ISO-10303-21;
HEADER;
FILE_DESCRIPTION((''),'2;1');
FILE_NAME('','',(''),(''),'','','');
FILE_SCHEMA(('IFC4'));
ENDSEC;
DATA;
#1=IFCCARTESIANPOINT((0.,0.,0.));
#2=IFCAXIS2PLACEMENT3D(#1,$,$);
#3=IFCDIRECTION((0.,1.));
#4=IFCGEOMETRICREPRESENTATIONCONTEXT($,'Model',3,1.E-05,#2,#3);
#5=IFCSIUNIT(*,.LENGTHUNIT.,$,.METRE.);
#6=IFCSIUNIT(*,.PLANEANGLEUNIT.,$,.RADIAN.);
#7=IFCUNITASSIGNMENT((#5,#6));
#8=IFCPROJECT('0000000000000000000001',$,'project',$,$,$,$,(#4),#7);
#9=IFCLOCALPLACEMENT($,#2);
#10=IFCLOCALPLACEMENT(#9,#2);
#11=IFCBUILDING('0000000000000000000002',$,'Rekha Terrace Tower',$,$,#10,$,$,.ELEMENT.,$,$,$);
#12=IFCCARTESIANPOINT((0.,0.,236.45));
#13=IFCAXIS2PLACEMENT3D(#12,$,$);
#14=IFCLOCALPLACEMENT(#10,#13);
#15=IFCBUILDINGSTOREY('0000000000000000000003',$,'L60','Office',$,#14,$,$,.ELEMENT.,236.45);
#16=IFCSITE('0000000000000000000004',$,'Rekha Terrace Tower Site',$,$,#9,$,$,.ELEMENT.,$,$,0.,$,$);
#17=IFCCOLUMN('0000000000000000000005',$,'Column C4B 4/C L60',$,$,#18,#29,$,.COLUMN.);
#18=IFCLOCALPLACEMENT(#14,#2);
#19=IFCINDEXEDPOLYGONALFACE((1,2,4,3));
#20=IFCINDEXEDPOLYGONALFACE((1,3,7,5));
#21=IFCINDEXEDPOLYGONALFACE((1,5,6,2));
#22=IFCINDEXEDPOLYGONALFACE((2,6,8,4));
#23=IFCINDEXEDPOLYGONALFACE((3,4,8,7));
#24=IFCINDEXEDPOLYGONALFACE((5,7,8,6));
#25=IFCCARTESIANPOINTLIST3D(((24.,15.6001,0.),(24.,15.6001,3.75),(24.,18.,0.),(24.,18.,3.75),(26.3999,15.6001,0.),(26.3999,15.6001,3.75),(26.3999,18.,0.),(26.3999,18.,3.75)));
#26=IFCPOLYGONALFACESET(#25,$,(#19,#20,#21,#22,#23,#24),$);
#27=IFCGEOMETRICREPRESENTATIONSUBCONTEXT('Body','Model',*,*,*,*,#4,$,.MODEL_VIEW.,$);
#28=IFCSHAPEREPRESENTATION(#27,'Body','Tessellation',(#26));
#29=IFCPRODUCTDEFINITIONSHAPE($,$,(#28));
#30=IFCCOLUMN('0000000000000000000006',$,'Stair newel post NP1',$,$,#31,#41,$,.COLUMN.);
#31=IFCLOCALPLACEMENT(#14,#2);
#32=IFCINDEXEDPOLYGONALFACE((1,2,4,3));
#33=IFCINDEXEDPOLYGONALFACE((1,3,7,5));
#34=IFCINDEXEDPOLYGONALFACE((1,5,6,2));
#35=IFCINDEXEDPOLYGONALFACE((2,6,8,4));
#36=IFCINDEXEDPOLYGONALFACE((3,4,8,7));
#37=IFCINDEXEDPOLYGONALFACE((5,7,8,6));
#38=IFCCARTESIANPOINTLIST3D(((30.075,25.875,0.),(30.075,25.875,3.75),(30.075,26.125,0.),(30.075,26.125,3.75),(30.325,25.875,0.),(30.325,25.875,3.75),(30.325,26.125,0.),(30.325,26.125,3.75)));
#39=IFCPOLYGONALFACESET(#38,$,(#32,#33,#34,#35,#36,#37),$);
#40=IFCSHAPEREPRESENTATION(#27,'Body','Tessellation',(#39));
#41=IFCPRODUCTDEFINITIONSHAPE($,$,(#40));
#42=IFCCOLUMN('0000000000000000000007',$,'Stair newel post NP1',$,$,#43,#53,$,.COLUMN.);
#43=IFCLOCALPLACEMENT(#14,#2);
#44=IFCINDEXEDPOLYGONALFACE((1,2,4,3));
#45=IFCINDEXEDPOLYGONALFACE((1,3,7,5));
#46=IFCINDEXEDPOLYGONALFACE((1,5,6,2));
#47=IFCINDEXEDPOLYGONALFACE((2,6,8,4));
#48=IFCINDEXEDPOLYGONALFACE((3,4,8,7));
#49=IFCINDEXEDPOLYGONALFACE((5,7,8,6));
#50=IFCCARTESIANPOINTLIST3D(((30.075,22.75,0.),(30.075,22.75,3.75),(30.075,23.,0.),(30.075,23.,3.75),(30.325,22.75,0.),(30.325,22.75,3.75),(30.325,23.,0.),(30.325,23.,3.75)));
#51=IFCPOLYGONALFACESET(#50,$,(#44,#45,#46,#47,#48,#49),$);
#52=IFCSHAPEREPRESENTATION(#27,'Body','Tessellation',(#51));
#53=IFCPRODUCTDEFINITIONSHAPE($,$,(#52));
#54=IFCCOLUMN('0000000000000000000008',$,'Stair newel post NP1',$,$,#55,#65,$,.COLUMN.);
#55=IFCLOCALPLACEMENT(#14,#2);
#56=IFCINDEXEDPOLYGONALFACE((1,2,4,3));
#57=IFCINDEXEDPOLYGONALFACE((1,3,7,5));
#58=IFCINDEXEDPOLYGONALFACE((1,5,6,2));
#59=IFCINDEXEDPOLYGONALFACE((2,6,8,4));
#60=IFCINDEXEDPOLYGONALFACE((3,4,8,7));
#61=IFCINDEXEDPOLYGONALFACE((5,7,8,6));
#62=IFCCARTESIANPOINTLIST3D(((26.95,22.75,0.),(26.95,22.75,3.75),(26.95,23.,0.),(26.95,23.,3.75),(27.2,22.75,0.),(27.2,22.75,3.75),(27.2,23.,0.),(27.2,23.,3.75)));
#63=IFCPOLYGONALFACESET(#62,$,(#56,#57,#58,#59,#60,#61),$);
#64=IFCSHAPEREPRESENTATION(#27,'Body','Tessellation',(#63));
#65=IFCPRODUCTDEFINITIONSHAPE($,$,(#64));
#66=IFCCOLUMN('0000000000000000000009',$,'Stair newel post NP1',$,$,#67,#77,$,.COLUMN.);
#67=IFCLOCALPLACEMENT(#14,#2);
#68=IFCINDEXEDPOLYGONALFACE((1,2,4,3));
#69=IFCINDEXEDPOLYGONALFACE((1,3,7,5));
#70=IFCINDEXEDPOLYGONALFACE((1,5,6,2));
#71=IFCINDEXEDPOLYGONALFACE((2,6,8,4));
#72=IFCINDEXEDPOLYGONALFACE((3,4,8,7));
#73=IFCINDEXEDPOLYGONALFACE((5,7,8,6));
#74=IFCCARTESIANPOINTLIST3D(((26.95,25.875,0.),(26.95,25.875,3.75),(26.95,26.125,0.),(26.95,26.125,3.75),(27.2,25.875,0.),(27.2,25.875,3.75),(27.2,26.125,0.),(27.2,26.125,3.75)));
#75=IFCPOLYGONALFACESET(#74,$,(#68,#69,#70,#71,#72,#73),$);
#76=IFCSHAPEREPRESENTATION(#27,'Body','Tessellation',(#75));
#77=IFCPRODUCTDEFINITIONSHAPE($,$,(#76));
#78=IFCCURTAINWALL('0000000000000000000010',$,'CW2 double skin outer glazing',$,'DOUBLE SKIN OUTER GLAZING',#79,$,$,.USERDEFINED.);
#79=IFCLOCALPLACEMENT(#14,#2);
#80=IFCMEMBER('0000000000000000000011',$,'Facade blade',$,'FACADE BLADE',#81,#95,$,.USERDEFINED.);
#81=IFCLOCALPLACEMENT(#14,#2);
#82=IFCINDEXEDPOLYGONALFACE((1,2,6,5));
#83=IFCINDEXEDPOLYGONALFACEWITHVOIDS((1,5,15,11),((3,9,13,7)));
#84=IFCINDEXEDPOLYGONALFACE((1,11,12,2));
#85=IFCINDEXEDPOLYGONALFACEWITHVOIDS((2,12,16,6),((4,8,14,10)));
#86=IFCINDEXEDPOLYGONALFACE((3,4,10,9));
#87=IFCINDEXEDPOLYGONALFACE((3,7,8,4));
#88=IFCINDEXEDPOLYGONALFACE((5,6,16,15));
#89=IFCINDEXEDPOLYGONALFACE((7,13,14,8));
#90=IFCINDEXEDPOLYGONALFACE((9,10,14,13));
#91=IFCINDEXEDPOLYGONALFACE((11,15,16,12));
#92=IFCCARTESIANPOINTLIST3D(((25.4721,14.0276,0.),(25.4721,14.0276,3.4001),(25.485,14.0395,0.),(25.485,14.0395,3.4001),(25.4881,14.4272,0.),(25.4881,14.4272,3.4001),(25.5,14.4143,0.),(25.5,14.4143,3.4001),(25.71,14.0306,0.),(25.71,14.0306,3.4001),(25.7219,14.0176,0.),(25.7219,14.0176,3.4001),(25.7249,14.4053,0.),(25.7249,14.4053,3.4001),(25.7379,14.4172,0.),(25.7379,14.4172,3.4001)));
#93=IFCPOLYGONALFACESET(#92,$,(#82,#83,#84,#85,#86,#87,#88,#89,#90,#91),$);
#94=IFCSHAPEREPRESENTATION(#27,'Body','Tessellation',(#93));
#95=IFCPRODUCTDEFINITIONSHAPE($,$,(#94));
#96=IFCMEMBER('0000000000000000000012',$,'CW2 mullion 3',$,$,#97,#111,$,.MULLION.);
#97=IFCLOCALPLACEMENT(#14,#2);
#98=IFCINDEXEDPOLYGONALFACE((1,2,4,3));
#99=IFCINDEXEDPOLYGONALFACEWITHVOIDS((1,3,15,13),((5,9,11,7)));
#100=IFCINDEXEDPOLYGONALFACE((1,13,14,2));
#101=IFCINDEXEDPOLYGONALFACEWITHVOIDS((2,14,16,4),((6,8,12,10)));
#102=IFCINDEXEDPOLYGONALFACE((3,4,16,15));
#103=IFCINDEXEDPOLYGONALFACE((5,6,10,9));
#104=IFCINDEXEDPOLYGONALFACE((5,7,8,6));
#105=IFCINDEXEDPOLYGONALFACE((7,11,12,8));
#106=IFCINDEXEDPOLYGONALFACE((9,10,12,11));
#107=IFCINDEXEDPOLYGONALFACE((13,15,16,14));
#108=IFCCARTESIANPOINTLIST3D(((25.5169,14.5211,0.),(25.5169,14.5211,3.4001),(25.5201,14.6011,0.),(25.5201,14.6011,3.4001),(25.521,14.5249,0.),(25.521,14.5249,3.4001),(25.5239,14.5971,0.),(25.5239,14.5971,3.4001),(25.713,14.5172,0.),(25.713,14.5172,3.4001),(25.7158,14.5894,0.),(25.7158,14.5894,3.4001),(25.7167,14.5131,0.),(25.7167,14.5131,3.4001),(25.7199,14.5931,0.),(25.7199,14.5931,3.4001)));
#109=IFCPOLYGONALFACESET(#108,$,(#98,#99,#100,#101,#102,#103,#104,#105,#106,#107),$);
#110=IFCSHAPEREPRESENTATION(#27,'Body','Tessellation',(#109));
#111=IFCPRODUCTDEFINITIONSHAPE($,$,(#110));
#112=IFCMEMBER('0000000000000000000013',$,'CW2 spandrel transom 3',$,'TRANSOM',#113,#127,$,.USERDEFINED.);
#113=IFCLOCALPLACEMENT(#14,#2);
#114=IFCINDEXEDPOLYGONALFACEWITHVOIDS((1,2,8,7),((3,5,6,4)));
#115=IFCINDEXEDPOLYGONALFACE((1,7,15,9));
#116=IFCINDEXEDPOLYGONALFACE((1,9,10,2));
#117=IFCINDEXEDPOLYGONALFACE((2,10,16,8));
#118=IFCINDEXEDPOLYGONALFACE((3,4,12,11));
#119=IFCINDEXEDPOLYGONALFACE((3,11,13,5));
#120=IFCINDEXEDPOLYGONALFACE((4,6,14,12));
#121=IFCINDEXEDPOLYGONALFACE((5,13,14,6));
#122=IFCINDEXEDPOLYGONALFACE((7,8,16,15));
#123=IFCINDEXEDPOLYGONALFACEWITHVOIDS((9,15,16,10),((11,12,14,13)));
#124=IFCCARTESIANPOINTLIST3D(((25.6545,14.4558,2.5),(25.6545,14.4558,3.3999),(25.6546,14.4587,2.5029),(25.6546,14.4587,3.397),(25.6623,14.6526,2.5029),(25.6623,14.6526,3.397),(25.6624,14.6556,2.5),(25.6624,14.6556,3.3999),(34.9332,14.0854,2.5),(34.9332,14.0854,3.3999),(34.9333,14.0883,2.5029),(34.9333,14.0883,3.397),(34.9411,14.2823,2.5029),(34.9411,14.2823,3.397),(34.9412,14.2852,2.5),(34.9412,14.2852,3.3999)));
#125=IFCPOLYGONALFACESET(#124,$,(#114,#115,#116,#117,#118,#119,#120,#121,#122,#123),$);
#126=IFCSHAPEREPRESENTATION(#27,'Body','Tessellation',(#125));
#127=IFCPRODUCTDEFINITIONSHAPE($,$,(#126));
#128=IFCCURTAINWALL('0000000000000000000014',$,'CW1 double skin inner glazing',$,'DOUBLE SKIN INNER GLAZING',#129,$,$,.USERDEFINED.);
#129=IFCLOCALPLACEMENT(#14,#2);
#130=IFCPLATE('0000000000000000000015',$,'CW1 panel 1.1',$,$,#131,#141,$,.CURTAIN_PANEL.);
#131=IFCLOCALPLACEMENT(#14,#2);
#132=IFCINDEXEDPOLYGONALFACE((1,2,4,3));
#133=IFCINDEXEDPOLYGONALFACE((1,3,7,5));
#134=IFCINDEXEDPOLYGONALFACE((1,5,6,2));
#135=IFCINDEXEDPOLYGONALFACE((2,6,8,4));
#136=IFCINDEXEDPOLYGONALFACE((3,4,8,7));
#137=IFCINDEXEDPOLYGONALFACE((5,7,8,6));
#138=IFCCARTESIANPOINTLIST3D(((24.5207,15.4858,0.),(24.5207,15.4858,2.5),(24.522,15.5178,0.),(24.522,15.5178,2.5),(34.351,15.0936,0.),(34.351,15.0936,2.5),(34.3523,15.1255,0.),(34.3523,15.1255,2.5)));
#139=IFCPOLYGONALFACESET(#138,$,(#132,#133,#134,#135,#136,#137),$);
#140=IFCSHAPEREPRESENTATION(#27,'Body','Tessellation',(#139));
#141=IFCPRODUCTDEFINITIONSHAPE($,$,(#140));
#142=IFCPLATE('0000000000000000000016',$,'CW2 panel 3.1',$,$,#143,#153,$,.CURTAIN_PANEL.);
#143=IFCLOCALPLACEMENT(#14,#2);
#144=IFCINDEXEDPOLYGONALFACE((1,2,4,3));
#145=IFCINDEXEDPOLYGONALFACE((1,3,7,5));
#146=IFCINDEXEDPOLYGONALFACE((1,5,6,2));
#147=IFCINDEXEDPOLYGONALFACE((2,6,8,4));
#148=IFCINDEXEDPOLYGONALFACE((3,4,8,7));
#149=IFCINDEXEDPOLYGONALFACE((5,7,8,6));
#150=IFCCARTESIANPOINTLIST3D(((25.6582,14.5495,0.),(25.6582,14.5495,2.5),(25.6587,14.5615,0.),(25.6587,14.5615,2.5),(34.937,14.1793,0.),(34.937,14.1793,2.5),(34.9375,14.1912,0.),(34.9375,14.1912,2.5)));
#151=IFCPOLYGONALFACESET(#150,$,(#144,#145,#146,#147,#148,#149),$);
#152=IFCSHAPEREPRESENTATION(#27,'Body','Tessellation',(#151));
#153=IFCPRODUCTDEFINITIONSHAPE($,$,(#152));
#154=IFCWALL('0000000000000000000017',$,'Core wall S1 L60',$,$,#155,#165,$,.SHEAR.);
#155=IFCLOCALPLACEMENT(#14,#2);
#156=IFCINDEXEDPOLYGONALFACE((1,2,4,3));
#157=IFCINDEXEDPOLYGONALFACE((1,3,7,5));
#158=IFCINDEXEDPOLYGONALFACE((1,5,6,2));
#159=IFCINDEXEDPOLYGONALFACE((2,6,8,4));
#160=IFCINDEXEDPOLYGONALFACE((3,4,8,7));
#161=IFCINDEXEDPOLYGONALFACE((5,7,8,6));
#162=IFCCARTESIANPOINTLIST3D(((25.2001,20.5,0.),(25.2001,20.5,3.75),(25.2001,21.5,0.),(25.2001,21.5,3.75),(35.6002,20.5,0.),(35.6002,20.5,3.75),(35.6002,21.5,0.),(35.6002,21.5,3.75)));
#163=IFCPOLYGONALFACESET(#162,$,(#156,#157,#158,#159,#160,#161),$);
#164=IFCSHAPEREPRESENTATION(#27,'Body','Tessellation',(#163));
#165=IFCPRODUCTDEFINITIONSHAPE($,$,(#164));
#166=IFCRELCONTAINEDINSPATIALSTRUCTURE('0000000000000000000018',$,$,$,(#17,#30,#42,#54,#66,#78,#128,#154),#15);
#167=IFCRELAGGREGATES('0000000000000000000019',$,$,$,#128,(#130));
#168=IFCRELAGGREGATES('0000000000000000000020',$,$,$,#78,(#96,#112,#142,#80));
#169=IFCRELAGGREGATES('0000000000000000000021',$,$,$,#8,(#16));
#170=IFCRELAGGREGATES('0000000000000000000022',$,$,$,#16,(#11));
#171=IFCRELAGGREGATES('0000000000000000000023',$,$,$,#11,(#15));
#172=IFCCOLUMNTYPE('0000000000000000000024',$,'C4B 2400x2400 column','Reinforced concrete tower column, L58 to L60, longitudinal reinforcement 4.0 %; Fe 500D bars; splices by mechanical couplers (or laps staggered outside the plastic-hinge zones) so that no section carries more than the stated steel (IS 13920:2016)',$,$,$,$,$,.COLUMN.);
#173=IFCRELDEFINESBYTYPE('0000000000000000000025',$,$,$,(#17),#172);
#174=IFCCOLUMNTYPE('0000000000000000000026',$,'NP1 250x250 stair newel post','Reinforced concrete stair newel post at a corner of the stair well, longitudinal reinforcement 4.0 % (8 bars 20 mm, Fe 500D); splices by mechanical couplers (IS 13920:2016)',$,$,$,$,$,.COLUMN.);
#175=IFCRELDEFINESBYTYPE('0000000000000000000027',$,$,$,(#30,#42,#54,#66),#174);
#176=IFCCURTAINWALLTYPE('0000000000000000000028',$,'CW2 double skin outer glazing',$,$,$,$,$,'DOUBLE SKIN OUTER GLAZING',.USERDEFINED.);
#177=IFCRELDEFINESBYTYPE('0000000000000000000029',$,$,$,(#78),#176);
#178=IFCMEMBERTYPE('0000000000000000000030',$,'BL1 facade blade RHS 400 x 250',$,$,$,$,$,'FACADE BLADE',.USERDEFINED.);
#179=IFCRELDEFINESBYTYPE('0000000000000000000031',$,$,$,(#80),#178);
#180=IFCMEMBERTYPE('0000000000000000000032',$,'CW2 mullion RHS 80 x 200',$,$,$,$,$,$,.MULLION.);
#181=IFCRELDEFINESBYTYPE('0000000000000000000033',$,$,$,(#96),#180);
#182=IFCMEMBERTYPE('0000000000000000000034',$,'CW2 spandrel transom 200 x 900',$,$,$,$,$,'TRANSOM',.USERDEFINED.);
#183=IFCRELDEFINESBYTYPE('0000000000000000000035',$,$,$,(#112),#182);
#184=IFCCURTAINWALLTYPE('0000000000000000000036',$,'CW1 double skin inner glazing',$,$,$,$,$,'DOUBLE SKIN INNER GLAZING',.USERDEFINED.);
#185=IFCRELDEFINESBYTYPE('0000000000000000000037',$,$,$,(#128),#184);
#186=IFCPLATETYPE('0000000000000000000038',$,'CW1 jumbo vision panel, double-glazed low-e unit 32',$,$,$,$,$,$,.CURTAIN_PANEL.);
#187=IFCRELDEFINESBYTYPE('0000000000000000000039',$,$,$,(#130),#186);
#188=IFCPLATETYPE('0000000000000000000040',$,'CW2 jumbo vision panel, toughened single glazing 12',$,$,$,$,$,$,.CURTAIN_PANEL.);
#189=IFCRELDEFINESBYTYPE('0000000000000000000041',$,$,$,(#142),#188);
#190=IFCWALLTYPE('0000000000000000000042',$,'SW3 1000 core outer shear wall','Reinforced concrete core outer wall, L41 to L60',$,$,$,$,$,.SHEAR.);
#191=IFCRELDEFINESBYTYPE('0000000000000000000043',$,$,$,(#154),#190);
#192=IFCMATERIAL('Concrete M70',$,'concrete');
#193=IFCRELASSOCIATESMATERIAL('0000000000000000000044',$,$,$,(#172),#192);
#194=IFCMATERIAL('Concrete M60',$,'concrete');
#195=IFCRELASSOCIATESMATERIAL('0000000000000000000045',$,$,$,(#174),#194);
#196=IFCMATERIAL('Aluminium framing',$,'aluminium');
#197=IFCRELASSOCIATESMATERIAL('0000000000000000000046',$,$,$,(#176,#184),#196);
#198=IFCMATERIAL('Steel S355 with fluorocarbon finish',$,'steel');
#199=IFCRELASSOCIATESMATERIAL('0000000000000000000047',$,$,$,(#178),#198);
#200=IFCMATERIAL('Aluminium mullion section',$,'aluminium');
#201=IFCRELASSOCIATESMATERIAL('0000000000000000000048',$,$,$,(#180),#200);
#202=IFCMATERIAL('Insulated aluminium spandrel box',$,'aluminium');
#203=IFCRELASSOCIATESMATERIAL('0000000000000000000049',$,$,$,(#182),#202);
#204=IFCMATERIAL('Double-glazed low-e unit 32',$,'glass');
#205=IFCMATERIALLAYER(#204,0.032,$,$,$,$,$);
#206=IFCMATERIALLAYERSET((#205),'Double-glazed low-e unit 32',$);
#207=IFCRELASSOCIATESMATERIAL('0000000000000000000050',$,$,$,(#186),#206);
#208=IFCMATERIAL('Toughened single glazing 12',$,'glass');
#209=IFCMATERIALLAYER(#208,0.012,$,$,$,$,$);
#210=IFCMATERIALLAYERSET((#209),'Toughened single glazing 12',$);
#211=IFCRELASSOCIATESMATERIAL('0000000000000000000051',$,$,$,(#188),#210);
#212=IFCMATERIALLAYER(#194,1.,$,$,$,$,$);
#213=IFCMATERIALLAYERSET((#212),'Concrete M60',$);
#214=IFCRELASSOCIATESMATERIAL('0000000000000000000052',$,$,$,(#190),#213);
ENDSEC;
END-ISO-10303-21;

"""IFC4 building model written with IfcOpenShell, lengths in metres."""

from ifc_helpers import new_model, si_unit, direction, frame, frame_2d, origin, origin_2d, place, context, subcontext, project, spatial, rectangle, hollow_rectangle, extrude, material, layer, layer_set, material_profile, profile_set, type_object, element, aggregate, save


model = new_model("IFC4")

# Units and contexts
model_context = context("Model", 3, precision=1e-05, world=origin(), true_north=direction((0.0, 1.0)))
body_context = subcontext(model_context, "Body", "Model", "MODEL_VIEW")
ifc_project = project(units=[si_unit("LENGTHUNIT", "METRE"), si_unit("PLANEANGLEUNIT", "RADIAN")], contexts=[model_context])

# Site, building, storey
site_placement = place(None, origin())
site = spatial("IfcSite", under=ifc_project, at=site_placement, Name="Rekha Terrace Tower Site", CompositionType="ELEMENT", RefElevation=0.0)
building_placement = place(site_placement, origin())
building = spatial("IfcBuilding", under=site, at=building_placement, Name="Rekha Terrace Tower", CompositionType="ELEMENT")
storey_placement = place(building_placement, frame((0.0, 0.0, 236.45)))
storey = spatial("IfcBuildingStorey", under=building, at=storey_placement, Name="L60", Description="Office", CompositionType="ELEMENT", Elevation=236.45)

# Columns
ifc_material_1 = material(Name="Concrete M70", Category="concrete")
ifc_material_profile_1 = material_profile(ifc_material_1, rectangle(XDim=2.3999, YDim=2.3999, at=origin_2d()), Name="RC 2400x2400")
ifc_profile_set_1 = profile_set([ifc_material_profile_1], Name="Concrete M70")
column_type_1 = type_object("IfcColumnType", Name="C4B 2400x2400 column", Description="Reinforced concrete tower column, L58 to L60, longitudinal reinforcement 4.0 %; Fe 500D bars; splices by mechanical couplers (or laps staggered outside the plastic-hinge zones) so that no section carries more than the stated steel (IS 13920:2016)", PredefinedType="COLUMN", material=ifc_profile_set_1)
column_placement = place(storey_placement, frame((25.2, 16.8, 0.0), z_axis=(0.0, 0.0, 1.0), x_axis=(1.0, 0.0, 0.0)))
element("IfcColumn", 1, at=column_placement, inside=storey, type_object=column_type_1, Name="Column C4B 4/C L60", PredefinedType="COLUMN", context=body_context, shape_type="SweptSolid", body=[
    extrude(rectangle(XDim=2.3999, YDim=2.3999, at=origin_2d()), origin(), (0.0, 0.0, 1.0), 3.75),
])
ifc_material_2 = material(Name="Concrete M60", Category="concrete")
ifc_material_profile_2 = material_profile(ifc_material_2, rectangle(XDim=0.25, YDim=0.25, at=origin_2d()), Name="RC 250x250")
ifc_profile_set_2 = profile_set([ifc_material_profile_2], Name="Concrete M60")
column_type_2 = type_object("IfcColumnType", Name="NP1 250x250 stair newel post", Description="Reinforced concrete stair newel post at a corner of the stair well, longitudinal reinforcement 4.0 % (8 bars 20 mm, Fe 500D); splices by mechanical couplers (IS 13920:2016)", PredefinedType="COLUMN", material=ifc_profile_set_2)
for number, where, z_axis, x_axis, name in (
    (2, (30.2, 26.0, 0.0), (0.0, 0.0, 1.0), (1.0, 0.0, 0.0), "Stair newel post NP1"),
    (3, (30.2, 22.875, 0.0), (0.0, 0.0, 1.0), (1.0, 0.0, 0.0), "Stair newel post NP1"),
    (4, (27.075, 22.875, 0.0), (0.0, 0.0, 1.0), (1.0, 0.0, 0.0), "Stair newel post NP1"),
    (5, (27.075, 26.0, 0.0), (0.0, 0.0, 1.0), (1.0, 0.0, 0.0), "Stair newel post NP1"),
):
    element("IfcColumn", number, at=place(storey_placement, frame(where, z_axis=z_axis, x_axis=x_axis)), inside=storey, type_object=column_type_2, Name=name, PredefinedType="COLUMN", context=body_context, shape_type="SweptSolid", body=[
        extrude(rectangle(XDim=0.25, YDim=0.25, at=origin_2d()), origin(), (0.0, 0.0, 1.0), 3.75),
    ])

# Curtain wall, members
ifc_material_3 = material(Name="Aluminium framing", Category="aluminium")
curtain_wall_type_1 = type_object("IfcCurtainWallType", Name="CW2 double skin outer glazing", ElementType="DOUBLE SKIN OUTER GLAZING", PredefinedType="USERDEFINED", material=ifc_material_3)
curtain_wall_1_placement = place(storey_placement, origin())
curtain_wall_1 = element("IfcCurtainWall", 6, at=curtain_wall_1_placement, inside=storey, type_object=curtain_wall_type_1, Name="CW2 double skin outer glazing", ObjectType="DOUBLE SKIN OUTER GLAZING", PredefinedType="USERDEFINED")
ifc_material_4 = material(Name="Steel S355 with fluorocarbon finish", Category="steel")
ifc_material_profile_3 = material_profile(ifc_material_4, hollow_rectangle(XDim=0.25, YDim=0.3999, WallThickness=0.0125, at=origin_2d()), Name="RHS400x250x12.5")
ifc_profile_set_3 = profile_set([ifc_material_profile_3], Name="Steel S355 with fluorocarbon finish")
member_type_1 = type_object("IfcMemberType", Name="BL1 facade blade RHS 400 x 250", ElementType="FACADE BLADE", PredefinedType="USERDEFINED", material=ifc_profile_set_3)
member_1_placement = place(storey_placement, frame((25.605, 14.2224, 0.0), z_axis=(0.0, 0.0, 1.0), x_axis=(0.999205, -0.039872, 0.0)))
member_1 = element("IfcMember", 7, at=member_1_placement, type_object=member_type_1, Name="Facade blade", ObjectType="FACADE BLADE", PredefinedType="USERDEFINED", context=body_context, shape_type="SweptSolid", body=[
    extrude(hollow_rectangle(XDim=0.25, YDim=0.3999, WallThickness=0.0125, at=origin_2d()), origin(), (0.0, 0.0, 1.0), 3.4001),
])
ifc_material_5 = material(Name="Aluminium mullion section", Category="aluminium")
ifc_material_profile_4 = material_profile(ifc_material_5, hollow_rectangle(XDim=0.0801, YDim=0.2, WallThickness=0.0039, at=origin_2d()), Name="AL RHS 80x200")
ifc_profile_set_4 = profile_set([ifc_material_profile_4], Name="Aluminium mullion section")
member_type_2 = type_object("IfcMemberType", Name="CW2 mullion RHS 80 x 200", PredefinedType="MULLION", material=ifc_profile_set_4)
member_2_placement = place(storey_placement, frame((25.6184, 14.5571, 0.0), z_axis=(0.0, 0.0, 1.0), x_axis=(0.039872, 0.999205, 0.0)))
member_2 = element("IfcMember", 8, at=member_2_placement, type_object=member_type_2, Name="CW2 mullion 3", PredefinedType="MULLION", context=body_context, shape_type="SweptSolid", body=[
    extrude(hollow_rectangle(XDim=0.0801, YDim=0.2, WallThickness=0.0039, at=origin_2d()), origin(), (0.0, 0.0, 1.0), 3.4001),
])
ifc_material_6 = material(Name="Insulated aluminium spandrel box", Category="aluminium")
ifc_material_profile_5 = material_profile(ifc_material_6, hollow_rectangle(XDim=0.2, YDim=0.8999, WallThickness=0.0029, at=origin_2d()), Name="AL SPANDREL BOX 200x900")
ifc_profile_set_5 = profile_set([ifc_material_profile_5], Name="Insulated aluminium spandrel box")
member_type_3 = type_object("IfcMemberType", Name="CW2 spandrel transom 200 x 900", ElementType="TRANSOM", PredefinedType="USERDEFINED", material=ifc_profile_set_5)
member_3_placement = place(storey_placement, frame((25.6584, 14.5557, 2.95), z_axis=(0.999204, -0.039883, 0.0), x_axis=(0.039883, 0.999204, 0.0)))
member_3 = element("IfcMember", 9, at=member_3_placement, type_object=member_type_3, Name="CW2 spandrel transom 3", ObjectType="TRANSOM", PredefinedType="USERDEFINED", context=body_context, shape_type="SweptSolid", body=[
    extrude(hollow_rectangle(XDim=0.2, YDim=0.8999, WallThickness=0.0029, at=origin_2d()), origin(), (0.0, 0.0, 1.0), 9.2861),
])

# Curtain wall, plate
curtain_wall_type_2 = type_object("IfcCurtainWallType", Name="CW1 double skin inner glazing", ElementType="DOUBLE SKIN INNER GLAZING", PredefinedType="USERDEFINED", material=ifc_material_3)
curtain_wall_2_placement = place(storey_placement, origin())
curtain_wall_2 = element("IfcCurtainWall", 10, at=curtain_wall_2_placement, inside=storey, type_object=curtain_wall_type_2, Name="CW1 double skin inner glazing", ObjectType="DOUBLE SKIN INNER GLAZING", PredefinedType="USERDEFINED")
ifc_material_7 = material(Name="Double-glazed low-e unit 32", Category="glass")
ifc_layer_1 = layer(ifc_material_7, 0.032)
ifc_layer_set_1 = layer_set([ifc_layer_1], Name="Double-glazed low-e unit 32")
plate_type_1 = type_object("IfcPlateType", Name="CW1 jumbo vision panel, double-glazed low-e unit 32", PredefinedType="CURTAIN_PANEL", material=ifc_layer_set_1)
plate_1_placement = place(storey_placement, frame((29.4365, 15.3057, 0.0), z_axis=(0.0, 0.0, 1.0), x_axis=(0.999205, -0.039872, 0.0)))
plate_1 = element("IfcPlate", 11, at=plate_1_placement, type_object=plate_type_1, Name="CW1 panel 1.1", PredefinedType="CURTAIN_PANEL", context=body_context, shape_type="SweptSolid", body=[
    extrude(rectangle(XDim=9.8381, YDim=0.032, at=origin_2d()), origin(), (0.0, 0.0, 1.0), 2.5),
])
aggregate(curtain_wall_2, [plate_1])

# Plate
ifc_material_8 = material(Name="Toughened single glazing 12", Category="glass")
ifc_layer_2 = layer(ifc_material_8, 0.012)
ifc_layer_set_2 = layer_set([ifc_layer_2], Name="Toughened single glazing 12")
plate_type_2 = type_object("IfcPlateType", Name="CW2 jumbo vision panel, toughened single glazing 12", PredefinedType="CURTAIN_PANEL", material=ifc_layer_set_2)
plate_2_placement = place(storey_placement, frame((30.2979, 14.3704, 0.0), z_axis=(0.0, 0.0, 1.0), x_axis=(0.999205, -0.039872, 0.0)))
plate_2 = element("IfcPlate", 12, at=plate_2_placement, type_object=plate_type_2, Name="CW2 panel 3.1", PredefinedType="CURTAIN_PANEL", context=body_context, shape_type="SweptSolid", body=[
    extrude(rectangle(XDim=9.2861, YDim=0.012, at=origin_2d()), origin(), (0.0, 0.0, 1.0), 2.5),
])
aggregate(curtain_wall_1, [member_2, member_3, plate_2, member_1])

# Wall
ifc_layer_3 = layer(ifc_material_2, 1.0)
ifc_layer_set_3 = layer_set([ifc_layer_3], Name="Concrete M60")
wall_type = type_object("IfcWallType", Name="SW3 1000 core outer shear wall", Description="Reinforced concrete core outer wall, L41 to L60", PredefinedType="SHEAR", material=ifc_layer_set_3)
wall_1_placement = place(storey_placement, frame((25.2, 21.0, 0.0), z_axis=(0.0, 0.0, 1.0), x_axis=(1.0, 0.0, 0.0)))
element("IfcWall", 13, at=wall_1_placement, inside=storey, type_object=wall_type, Name="Core wall S1 L60", PredefinedType="SHEAR", context=body_context, shape_type="SweptSolid", body=[
    extrude(rectangle(XDim=10.4001, YDim=1.0, at=frame_2d((5.2002, 0.0))), origin(), (0.0, 0.0, 1.0), 3.75),
])

save(model, "model.ifc")
